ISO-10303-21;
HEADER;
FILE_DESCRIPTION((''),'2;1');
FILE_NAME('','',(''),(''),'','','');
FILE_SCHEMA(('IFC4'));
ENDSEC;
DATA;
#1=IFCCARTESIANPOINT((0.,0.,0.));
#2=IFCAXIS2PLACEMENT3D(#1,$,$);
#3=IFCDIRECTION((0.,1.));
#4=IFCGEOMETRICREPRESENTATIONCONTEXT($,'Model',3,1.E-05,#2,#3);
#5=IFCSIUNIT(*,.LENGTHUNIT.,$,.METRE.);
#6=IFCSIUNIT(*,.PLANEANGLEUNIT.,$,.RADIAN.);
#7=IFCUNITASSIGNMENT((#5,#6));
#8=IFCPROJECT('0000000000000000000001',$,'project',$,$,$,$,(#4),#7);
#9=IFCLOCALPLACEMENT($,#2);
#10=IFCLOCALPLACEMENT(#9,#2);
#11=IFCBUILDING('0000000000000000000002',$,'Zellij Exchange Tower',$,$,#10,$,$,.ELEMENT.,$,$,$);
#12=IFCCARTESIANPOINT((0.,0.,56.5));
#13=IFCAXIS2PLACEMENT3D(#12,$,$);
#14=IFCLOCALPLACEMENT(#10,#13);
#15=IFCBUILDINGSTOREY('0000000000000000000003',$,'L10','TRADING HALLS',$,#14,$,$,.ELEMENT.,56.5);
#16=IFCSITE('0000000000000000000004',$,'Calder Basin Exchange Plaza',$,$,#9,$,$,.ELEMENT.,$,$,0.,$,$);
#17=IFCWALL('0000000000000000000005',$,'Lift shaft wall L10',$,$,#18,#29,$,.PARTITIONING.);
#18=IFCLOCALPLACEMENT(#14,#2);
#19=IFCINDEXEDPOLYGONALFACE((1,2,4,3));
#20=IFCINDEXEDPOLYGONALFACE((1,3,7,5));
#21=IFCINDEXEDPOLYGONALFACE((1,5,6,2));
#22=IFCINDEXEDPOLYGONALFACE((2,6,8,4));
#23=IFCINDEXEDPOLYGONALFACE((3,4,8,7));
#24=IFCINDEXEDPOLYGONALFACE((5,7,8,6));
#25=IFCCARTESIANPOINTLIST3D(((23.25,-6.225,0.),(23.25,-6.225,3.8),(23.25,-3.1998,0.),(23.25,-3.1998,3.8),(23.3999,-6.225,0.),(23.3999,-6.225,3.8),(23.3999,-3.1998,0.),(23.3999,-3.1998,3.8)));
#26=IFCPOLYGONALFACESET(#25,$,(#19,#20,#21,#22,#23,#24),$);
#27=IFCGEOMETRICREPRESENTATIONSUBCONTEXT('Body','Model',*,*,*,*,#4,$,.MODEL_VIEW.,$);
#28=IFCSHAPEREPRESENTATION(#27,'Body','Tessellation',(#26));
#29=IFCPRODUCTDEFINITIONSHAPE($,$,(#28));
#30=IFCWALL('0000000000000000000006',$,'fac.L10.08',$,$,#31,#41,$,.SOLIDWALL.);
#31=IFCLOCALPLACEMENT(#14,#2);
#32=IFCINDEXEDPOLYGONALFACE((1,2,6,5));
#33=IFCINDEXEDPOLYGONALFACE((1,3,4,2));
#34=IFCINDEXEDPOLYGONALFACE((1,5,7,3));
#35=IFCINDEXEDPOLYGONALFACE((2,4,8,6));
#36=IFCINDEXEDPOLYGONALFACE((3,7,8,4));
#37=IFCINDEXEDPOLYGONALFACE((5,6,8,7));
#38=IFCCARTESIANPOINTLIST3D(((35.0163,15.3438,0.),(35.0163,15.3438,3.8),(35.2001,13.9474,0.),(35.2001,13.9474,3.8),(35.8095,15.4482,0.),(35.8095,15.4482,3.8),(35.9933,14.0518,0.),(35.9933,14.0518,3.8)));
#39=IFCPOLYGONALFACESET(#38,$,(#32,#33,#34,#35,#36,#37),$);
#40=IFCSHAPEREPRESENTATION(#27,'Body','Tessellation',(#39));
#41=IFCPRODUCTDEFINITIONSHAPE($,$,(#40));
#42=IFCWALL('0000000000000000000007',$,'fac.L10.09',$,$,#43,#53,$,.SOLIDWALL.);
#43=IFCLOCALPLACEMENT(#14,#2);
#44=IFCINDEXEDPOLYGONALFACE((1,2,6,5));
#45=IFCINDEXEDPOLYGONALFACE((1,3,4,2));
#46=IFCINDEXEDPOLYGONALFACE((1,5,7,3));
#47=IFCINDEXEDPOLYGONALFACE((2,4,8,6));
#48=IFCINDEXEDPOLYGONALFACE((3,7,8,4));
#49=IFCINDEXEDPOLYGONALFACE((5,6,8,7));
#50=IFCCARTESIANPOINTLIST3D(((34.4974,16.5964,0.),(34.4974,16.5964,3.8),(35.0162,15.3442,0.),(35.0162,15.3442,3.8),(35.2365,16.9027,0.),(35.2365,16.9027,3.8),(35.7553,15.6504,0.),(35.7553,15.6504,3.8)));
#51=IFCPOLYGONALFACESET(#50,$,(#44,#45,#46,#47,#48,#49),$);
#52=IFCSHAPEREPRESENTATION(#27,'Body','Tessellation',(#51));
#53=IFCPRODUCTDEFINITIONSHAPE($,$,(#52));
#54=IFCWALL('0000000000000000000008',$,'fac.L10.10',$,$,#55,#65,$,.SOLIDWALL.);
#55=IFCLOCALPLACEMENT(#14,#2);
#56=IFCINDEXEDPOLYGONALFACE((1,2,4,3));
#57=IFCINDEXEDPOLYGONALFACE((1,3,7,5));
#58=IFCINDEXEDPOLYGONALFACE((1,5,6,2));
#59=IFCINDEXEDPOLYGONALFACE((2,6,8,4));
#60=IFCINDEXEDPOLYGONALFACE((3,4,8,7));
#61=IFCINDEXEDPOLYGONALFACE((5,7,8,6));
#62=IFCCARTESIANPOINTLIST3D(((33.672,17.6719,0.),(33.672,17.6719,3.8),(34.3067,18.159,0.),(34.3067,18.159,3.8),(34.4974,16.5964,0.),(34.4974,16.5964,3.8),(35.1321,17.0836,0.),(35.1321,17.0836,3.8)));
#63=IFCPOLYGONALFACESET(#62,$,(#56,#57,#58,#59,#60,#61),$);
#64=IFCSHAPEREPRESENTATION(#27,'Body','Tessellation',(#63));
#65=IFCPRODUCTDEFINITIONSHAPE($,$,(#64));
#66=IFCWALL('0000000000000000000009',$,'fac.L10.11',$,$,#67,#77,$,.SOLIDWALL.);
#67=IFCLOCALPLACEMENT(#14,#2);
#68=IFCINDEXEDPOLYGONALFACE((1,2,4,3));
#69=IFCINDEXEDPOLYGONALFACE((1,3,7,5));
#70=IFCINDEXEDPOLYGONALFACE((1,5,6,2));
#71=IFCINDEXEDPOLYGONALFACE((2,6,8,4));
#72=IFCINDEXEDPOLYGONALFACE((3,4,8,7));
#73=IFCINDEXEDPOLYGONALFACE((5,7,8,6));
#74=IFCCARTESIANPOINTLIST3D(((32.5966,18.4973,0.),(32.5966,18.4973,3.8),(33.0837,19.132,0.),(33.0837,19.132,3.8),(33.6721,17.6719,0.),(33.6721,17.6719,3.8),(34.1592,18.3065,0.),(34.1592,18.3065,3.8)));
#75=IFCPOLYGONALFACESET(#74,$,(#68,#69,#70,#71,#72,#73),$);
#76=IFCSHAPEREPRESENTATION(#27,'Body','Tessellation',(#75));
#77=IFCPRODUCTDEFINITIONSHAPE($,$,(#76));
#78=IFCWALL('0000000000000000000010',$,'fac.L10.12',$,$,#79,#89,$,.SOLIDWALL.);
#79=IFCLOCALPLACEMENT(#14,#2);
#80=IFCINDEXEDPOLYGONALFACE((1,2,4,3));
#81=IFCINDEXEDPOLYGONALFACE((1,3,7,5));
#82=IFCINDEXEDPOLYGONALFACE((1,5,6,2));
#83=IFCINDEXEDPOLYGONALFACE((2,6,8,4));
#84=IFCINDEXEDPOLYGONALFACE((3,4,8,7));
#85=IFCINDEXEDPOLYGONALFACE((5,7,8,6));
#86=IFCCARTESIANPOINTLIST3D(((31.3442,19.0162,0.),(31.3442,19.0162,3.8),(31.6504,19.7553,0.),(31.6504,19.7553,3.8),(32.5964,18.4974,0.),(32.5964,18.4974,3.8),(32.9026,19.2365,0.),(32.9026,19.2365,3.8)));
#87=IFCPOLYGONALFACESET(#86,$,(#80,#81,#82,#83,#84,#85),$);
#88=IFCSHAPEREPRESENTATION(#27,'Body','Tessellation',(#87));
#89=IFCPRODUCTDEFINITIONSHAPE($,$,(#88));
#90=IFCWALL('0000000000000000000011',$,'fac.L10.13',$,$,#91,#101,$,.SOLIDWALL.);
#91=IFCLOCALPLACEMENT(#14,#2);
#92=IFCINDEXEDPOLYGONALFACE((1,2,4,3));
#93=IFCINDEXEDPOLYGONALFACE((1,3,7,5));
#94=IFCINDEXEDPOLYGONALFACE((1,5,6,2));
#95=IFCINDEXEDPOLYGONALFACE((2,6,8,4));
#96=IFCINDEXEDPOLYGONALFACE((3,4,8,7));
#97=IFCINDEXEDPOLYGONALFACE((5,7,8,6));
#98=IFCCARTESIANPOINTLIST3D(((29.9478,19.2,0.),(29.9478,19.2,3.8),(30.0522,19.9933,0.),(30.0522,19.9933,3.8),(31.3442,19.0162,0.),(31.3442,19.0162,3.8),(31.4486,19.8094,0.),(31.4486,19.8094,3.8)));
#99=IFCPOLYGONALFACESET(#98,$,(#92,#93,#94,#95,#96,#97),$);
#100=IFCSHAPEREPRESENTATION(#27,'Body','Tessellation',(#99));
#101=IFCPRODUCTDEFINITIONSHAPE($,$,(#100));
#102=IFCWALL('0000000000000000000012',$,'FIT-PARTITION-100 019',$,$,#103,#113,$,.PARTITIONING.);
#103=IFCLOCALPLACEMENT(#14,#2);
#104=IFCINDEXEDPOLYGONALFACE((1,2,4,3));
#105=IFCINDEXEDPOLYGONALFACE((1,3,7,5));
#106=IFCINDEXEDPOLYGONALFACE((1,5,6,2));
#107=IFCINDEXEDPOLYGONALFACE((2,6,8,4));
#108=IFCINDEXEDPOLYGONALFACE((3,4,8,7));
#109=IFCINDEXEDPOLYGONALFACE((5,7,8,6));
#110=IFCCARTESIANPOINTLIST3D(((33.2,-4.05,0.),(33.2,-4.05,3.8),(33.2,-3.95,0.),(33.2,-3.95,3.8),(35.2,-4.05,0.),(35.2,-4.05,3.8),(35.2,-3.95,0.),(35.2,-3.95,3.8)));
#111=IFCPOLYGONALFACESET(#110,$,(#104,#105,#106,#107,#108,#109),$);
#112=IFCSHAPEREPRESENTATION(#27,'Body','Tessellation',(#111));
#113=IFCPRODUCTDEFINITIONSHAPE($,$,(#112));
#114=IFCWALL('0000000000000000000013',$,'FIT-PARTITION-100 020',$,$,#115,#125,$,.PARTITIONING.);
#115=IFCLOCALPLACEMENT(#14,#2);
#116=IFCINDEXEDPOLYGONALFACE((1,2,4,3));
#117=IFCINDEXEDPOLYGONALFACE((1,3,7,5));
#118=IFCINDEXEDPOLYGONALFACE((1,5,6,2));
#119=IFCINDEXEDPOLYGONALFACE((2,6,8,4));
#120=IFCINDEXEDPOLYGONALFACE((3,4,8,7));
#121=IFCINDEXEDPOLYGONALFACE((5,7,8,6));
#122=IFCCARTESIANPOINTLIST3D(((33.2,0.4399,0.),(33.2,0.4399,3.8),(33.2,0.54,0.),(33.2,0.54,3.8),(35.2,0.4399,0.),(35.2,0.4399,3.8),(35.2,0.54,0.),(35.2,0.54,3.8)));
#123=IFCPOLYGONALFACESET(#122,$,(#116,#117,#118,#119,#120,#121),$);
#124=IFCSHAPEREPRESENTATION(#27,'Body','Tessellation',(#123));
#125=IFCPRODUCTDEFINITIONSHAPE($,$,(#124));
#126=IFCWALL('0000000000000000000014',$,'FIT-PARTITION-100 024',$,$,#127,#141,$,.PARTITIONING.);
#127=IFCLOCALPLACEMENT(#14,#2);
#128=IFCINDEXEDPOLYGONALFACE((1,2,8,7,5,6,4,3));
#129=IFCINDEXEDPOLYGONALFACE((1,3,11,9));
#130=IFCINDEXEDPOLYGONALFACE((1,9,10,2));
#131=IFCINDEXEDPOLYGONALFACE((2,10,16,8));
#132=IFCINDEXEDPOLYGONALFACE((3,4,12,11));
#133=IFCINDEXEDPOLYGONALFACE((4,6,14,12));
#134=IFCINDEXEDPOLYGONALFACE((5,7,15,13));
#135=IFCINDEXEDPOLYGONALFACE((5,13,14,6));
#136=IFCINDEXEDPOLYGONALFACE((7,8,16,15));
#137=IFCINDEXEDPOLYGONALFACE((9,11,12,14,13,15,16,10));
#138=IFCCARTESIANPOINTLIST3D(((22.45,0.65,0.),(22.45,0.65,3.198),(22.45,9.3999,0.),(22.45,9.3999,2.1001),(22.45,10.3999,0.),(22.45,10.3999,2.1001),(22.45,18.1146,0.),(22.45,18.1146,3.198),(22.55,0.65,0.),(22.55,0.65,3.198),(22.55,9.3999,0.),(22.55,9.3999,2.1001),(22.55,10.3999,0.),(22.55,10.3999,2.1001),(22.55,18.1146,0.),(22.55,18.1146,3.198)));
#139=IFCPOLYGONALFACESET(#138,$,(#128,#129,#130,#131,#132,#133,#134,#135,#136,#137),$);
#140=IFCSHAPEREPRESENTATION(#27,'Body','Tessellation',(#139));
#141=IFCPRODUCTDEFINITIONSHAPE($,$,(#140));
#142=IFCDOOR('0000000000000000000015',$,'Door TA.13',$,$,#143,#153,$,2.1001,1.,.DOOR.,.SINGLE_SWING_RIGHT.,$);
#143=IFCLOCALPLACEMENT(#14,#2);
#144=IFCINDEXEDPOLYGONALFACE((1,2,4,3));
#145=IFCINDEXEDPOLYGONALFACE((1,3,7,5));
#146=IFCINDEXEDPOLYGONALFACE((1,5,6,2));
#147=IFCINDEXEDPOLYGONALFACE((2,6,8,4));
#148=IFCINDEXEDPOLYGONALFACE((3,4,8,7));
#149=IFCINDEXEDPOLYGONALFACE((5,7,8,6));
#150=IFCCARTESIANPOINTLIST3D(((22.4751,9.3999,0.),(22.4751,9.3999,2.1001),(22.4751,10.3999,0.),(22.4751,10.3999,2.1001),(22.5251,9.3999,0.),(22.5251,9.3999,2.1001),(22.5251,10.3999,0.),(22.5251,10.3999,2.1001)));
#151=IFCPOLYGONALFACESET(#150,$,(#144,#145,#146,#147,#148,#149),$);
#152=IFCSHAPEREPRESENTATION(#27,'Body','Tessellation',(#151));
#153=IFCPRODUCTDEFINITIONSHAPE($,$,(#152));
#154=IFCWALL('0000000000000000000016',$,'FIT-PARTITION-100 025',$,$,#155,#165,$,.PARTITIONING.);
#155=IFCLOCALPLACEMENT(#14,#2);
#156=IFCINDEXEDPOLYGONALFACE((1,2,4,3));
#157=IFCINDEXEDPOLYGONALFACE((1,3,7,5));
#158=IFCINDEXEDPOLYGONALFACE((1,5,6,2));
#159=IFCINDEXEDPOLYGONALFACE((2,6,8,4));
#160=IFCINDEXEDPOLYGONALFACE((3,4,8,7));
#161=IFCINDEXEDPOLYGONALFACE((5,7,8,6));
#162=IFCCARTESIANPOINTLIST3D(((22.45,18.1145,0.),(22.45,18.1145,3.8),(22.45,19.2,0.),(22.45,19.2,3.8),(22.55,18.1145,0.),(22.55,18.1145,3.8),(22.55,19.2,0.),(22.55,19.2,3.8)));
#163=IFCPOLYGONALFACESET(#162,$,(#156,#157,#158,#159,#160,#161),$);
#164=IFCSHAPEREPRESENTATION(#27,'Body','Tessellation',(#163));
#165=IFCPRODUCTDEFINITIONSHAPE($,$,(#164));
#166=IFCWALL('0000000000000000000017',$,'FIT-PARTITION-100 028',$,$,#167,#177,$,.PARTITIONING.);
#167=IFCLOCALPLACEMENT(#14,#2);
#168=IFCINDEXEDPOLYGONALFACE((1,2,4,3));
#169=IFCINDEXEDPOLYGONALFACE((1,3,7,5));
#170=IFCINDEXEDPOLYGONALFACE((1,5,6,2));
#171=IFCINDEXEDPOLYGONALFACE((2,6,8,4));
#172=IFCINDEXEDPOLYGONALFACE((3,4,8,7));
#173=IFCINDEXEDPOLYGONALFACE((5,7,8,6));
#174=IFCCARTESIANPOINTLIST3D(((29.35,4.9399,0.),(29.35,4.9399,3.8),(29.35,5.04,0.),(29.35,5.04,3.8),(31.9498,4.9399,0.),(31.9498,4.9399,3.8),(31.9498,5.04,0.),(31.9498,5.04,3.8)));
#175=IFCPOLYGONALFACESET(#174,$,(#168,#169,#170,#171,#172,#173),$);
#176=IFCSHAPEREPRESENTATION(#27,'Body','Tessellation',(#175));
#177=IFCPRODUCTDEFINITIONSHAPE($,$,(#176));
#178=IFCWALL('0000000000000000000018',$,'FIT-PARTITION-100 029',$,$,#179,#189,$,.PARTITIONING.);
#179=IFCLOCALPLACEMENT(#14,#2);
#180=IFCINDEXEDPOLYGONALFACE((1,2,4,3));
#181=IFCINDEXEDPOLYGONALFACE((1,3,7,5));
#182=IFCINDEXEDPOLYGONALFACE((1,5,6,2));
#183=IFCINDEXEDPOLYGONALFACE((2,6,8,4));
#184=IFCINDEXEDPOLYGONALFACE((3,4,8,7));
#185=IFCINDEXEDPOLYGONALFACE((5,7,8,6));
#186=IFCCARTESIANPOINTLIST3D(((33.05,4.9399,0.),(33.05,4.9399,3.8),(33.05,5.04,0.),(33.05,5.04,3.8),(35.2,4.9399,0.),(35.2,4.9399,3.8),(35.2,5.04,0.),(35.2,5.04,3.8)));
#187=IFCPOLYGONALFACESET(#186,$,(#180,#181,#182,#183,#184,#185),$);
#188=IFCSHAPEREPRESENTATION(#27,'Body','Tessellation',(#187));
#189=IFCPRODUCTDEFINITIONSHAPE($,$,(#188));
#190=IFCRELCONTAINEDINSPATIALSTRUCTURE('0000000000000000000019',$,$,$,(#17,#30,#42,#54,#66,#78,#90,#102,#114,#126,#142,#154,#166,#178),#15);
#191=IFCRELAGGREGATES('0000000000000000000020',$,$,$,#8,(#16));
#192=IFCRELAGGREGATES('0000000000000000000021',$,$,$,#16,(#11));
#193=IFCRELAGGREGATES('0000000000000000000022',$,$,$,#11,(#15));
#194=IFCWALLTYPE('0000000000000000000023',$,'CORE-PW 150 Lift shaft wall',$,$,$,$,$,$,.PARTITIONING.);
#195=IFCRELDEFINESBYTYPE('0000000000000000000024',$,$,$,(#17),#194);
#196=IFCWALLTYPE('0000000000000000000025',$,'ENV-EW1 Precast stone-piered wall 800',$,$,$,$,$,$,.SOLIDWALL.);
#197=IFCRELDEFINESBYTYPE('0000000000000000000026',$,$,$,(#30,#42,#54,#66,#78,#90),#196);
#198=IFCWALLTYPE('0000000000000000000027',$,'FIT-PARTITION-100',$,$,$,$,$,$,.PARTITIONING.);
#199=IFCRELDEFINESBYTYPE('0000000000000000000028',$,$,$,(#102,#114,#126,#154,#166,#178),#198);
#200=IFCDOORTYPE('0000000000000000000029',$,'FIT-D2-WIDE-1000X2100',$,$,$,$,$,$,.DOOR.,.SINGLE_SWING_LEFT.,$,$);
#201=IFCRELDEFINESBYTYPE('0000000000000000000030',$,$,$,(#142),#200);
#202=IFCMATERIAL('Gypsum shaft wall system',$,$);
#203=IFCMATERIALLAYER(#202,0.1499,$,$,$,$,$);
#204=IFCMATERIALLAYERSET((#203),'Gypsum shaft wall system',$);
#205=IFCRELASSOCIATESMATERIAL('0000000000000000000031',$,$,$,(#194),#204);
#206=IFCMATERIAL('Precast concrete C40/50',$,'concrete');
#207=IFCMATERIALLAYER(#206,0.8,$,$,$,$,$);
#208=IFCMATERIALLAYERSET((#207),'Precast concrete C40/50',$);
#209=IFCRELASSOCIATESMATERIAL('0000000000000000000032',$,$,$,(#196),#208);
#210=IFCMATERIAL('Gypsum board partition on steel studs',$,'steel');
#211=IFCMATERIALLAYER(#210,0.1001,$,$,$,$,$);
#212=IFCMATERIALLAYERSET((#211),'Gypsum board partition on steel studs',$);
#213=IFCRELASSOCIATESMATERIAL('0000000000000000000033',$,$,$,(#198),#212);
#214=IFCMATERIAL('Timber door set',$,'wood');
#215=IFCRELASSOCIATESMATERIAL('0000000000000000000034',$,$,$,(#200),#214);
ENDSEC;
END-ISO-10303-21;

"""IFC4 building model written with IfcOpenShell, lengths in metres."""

from ifc_helpers import new_model, si_unit, direction, frame, frame_2d, origin, place, context, subcontext, project, spatial, rectangle, extrude, material, layer, layer_set, type_object, element, fill, save


model = new_model("IFC4")

# Units and contexts
model_context = context("Model", 3, precision=1e-05, world=origin(), true_north=direction((0.0, 1.0)))
body_context = subcontext(model_context, "Body", "Model", "MODEL_VIEW")
ifc_project = project(units=[si_unit("LENGTHUNIT", "METRE"), si_unit("PLANEANGLEUNIT", "RADIAN")], contexts=[model_context])

# Site, building, storey
site_placement = place(None, origin())
site = spatial("IfcSite", under=ifc_project, at=site_placement, Name="Calder Basin Exchange Plaza", CompositionType="ELEMENT", RefElevation=0.0)
building_placement = place(site_placement, origin())
building = spatial("IfcBuilding", under=site, at=building_placement, Name="Zellij Exchange Tower", CompositionType="ELEMENT")
storey_placement = place(building_placement, frame((0.0, 0.0, 56.5)))
storey = spatial("IfcBuildingStorey", under=building, at=storey_placement, Name="L10", Description="TRADING HALLS", CompositionType="ELEMENT", Elevation=56.5)

# Walls
ifc_material_1 = material(Name="Gypsum shaft wall system")
ifc_layer_1 = layer(ifc_material_1, 0.1499)
ifc_layer_set_1 = layer_set([ifc_layer_1], Name="Gypsum shaft wall system")
wall_type_1 = type_object("IfcWallType", Name="CORE-PW 150 Lift shaft wall", PredefinedType="PARTITIONING", material=ifc_layer_set_1)
for number, where, z_axis, x_axis, name in (
    (1, (23.325, -6.2251, 0.0), (0.0, 0.0, 1.0), (0.0, 1.0, 0.0), "Lift shaft wall L10"),
):
    element("IfcWall", number, at=place(storey_placement, frame(where, z_axis=z_axis, x_axis=x_axis)), inside=storey, type_object=wall_type_1, Name=name, PredefinedType="PARTITIONING", context=body_context, shape_type="SweptSolid", body=[
        extrude(rectangle(XDim=3.0251, YDim=0.1499, at=frame_2d((1.5127, 0.0))), origin(), (0.0, 0.0, 1.0), 3.8),
    ])
ifc_material_2 = material(Name="Precast concrete C40/50", Category="concrete")
ifc_layer_2 = layer(ifc_material_2, 0.8)
ifc_layer_set_2 = layer_set([ifc_layer_2], Name="Precast concrete C40/50")
wall_type_2 = type_object("IfcWallType", Name="ENV-EW1 Precast stone-piered wall 800", PredefinedType="SOLIDWALL", material=ifc_layer_set_2)
wall_1_placement = place(storey_placement, frame((35.5967, 13.9998, 0.0), z_axis=(0.0, 0.0, 1.0), x_axis=(-0.130517, 0.991446, 0.0)))
element("IfcWall", 2, at=wall_1_placement, inside=storey, type_object=wall_type_2, Name="fac.L10.08", PredefinedType="SOLIDWALL", context=body_context, shape_type="SweptSolid", body=[
    extrude(rectangle(XDim=1.4084, YDim=0.8, at=frame_2d((0.7041, 0.0))), origin(), (0.0, 0.0, 1.0), 3.8),
])
wall_2_placement = place(storey_placement, frame((35.3857, 15.4973, 0.0), z_axis=(0.0, 0.0, 1.0), x_axis=(-0.38276, 0.923848, 0.0)))
element("IfcWall", 3, at=wall_2_placement, inside=storey, type_object=wall_type_2, Name="fac.L10.09", PredefinedType="SOLIDWALL", context=body_context, shape_type="SweptSolid", body=[
    extrude(rectangle(XDim=1.3555, YDim=0.8, at=frame_2d((0.6777, 0.0))), origin(), (0.0, 0.0, 1.0), 3.8),
])
for number, where, z_axis, x_axis, name in (
    (4, (34.8147, 16.8401, 0.0), (0.0, 0.0, 1.0), (-0.608866, 0.793273, 0.0), "fac.L10.10"),
    (5, (33.9155, 17.9893, 0.0), (0.0, 0.0, 1.0), (-0.793273, 0.608866, 0.0), "fac.L10.11"),
):
    element("IfcWall", number, at=place(storey_placement, frame(where, z_axis=z_axis, x_axis=x_axis)), inside=storey, type_object=wall_type_2, Name=name, PredefinedType="SOLIDWALL", context=body_context, shape_type="SweptSolid", body=[
        extrude(rectangle(XDim=1.3557, YDim=0.8, at=frame_2d((0.6777, 0.0))), origin(), (0.0, 0.0, 1.0), 3.8),
    ])
wall_3_placement = place(storey_placement, frame((32.7495, 18.8669, 0.0), z_axis=(0.0, 0.0, 1.0), x_axis=(-0.923848, 0.38276, 0.0)))
element("IfcWall", 6, at=wall_3_placement, inside=storey, type_object=wall_type_2, Name="fac.L10.12", PredefinedType="SOLIDWALL", context=body_context, shape_type="SweptSolid", body=[
    extrude(rectangle(XDim=1.3555, YDim=0.8, at=frame_2d((0.6777, 0.0))), origin(), (0.0, 0.0, 1.0), 3.8),
])
wall_4_placement = place(storey_placement, frame((31.3962, 19.4128, 0.0), z_axis=(0.0, 0.0, 1.0), x_axis=(-0.991446, 0.130517, 0.0)))
element("IfcWall", 7, at=wall_4_placement, inside=storey, type_object=wall_type_2, Name="fac.L10.13", PredefinedType="SOLIDWALL", context=body_context, shape_type="SweptSolid", body=[
    extrude(rectangle(XDim=1.4084, YDim=0.8, at=frame_2d((0.7041, 0.0))), origin(), (0.0, 0.0, 1.0), 3.8),
])
ifc_material_3 = material(Name="Gypsum board partition on steel studs", Category="steel")
ifc_layer_3 = layer(ifc_material_3, 0.1001)
ifc_layer_set_3 = layer_set([ifc_layer_3], Name="Gypsum board partition on steel studs")
wall_type_3 = type_object("IfcWallType", Name="FIT-PARTITION-100", PredefinedType="PARTITIONING", material=ifc_layer_set_3)
for number, where, z_axis, x_axis, name in (
    (8, (33.2, -4.0, 0.0), (0.0, 0.0, 1.0), (1.0, 0.0, 0.0), "FIT-PARTITION-100 019"),
    (9, (33.2, 0.49, 0.0), (0.0, 0.0, 1.0), (1.0, 0.0, 0.0), "FIT-PARTITION-100 020"),
):
    element("IfcWall", number, at=place(storey_placement, frame(where, z_axis=z_axis, x_axis=x_axis)), inside=storey, type_object=wall_type_3, Name=name, PredefinedType="PARTITIONING", context=body_context, shape_type="SweptSolid", body=[
        extrude(rectangle(XDim=2.0, YDim=0.1001, at=frame_2d((1.0, 0.0))), origin(), (0.0, 0.0, 1.0), 3.8),
    ])

# Wall, opening, door
wall_5_placement = place(storey_placement, frame((22.5, 0.6499, 0.0), z_axis=(0.0, 0.0, 1.0), x_axis=(0.0, 1.0, 0.0)))
wall_5 = element("IfcWall", 10, at=wall_5_placement, inside=storey, type_object=wall_type_3, Name="FIT-PARTITION-100 024", PredefinedType="PARTITIONING", context=body_context, shape_type="SweptSolid", body=[
    extrude(rectangle(XDim=17.4646, YDim=0.1001, at=frame_2d((8.7324, 0.0))), origin(), (0.0, 0.0, 1.0), 3.198),
])
opening_placement = place(wall_5_placement, frame((8.75, 0.0, 0.0)))
opening = element("IfcOpeningElement", 11, at=opening_placement, cuts=wall_5, PredefinedType="OPENING", context=body_context, shape_type="SweptSolid", body=[
    extrude(rectangle(XDim=1.0, YDim=2.1001, at=frame_2d((0.5, 1.05))), frame((0.0, 0.062, 0.0), z_axis=(0.0, -1.0, 0.0), x_axis=(1.0, 0.0, 0.0)), (0.0, 0.0, 1.0), 0.124),
])
ifc_material_4 = material(Name="Timber door set", Category="wood")
door_type = type_object("IfcDoorType", Name="FIT-D2-WIDE-1000X2100", OperationType="SINGLE_SWING_LEFT", PredefinedType="DOOR", material=ifc_material_4)
door_placement = place(opening_placement, origin())
door = element("IfcDoor", 12, at=door_placement, inside=storey, type_object=door_type, Name="Door TA.13", OperationType="SINGLE_SWING_RIGHT", OverallHeight=2.1001, OverallWidth=1.0, PredefinedType="DOOR", context=body_context, shape_type="SweptSolid", body=[
    extrude(rectangle(XDim=1.0, YDim=2.1001, at=frame_2d((0.5, 1.05))), frame((0.0, 0.0249, 0.0), z_axis=(0.0, -1.0, 0.0), x_axis=(1.0, 0.0, 0.0)), (0.0, 0.0, 1.0), 0.05),
])
fill(opening, door)

# Walls
wall_6_placement = place(storey_placement, frame((22.5, 18.1145, 0.0), z_axis=(0.0, 0.0, 1.0), x_axis=(0.0, 1.0, 0.0)))
element("IfcWall", 13, at=wall_6_placement, inside=storey, type_object=wall_type_3, Name="FIT-PARTITION-100 025", PredefinedType="PARTITIONING", context=body_context, shape_type="SweptSolid", body=[
    extrude(rectangle(XDim=1.0854, YDim=0.1001, at=frame_2d((0.5427, 0.0))), origin(), (0.0, 0.0, 1.0), 3.8),
])
wall_7_placement = place(storey_placement, frame((29.3501, 4.99, 0.0), z_axis=(0.0, 0.0, 1.0), x_axis=(1.0, 0.0, 0.0)))
element("IfcWall", 14, at=wall_7_placement, inside=storey, type_object=wall_type_3, Name="FIT-PARTITION-100 028", PredefinedType="PARTITIONING", context=body_context, shape_type="SweptSolid", body=[
    extrude(rectangle(XDim=2.5999, YDim=0.1001, at=frame_2d((1.2998, 0.0))), origin(), (0.0, 0.0, 1.0), 3.8),
])
wall_8_placement = place(storey_placement, frame((33.05, 4.99, 0.0), z_axis=(0.0, 0.0, 1.0), x_axis=(1.0, 0.0, 0.0)))
element("IfcWall", 15, at=wall_8_placement, inside=storey, type_object=wall_type_3, Name="FIT-PARTITION-100 029", PredefinedType="PARTITIONING", context=body_context, shape_type="SweptSolid", body=[
    extrude(rectangle(XDim=2.1499, YDim=0.1001, at=frame_2d((1.075, 0.0))), origin(), (0.0, 0.0, 1.0), 3.8),
])

save(model, "model.ifc")
